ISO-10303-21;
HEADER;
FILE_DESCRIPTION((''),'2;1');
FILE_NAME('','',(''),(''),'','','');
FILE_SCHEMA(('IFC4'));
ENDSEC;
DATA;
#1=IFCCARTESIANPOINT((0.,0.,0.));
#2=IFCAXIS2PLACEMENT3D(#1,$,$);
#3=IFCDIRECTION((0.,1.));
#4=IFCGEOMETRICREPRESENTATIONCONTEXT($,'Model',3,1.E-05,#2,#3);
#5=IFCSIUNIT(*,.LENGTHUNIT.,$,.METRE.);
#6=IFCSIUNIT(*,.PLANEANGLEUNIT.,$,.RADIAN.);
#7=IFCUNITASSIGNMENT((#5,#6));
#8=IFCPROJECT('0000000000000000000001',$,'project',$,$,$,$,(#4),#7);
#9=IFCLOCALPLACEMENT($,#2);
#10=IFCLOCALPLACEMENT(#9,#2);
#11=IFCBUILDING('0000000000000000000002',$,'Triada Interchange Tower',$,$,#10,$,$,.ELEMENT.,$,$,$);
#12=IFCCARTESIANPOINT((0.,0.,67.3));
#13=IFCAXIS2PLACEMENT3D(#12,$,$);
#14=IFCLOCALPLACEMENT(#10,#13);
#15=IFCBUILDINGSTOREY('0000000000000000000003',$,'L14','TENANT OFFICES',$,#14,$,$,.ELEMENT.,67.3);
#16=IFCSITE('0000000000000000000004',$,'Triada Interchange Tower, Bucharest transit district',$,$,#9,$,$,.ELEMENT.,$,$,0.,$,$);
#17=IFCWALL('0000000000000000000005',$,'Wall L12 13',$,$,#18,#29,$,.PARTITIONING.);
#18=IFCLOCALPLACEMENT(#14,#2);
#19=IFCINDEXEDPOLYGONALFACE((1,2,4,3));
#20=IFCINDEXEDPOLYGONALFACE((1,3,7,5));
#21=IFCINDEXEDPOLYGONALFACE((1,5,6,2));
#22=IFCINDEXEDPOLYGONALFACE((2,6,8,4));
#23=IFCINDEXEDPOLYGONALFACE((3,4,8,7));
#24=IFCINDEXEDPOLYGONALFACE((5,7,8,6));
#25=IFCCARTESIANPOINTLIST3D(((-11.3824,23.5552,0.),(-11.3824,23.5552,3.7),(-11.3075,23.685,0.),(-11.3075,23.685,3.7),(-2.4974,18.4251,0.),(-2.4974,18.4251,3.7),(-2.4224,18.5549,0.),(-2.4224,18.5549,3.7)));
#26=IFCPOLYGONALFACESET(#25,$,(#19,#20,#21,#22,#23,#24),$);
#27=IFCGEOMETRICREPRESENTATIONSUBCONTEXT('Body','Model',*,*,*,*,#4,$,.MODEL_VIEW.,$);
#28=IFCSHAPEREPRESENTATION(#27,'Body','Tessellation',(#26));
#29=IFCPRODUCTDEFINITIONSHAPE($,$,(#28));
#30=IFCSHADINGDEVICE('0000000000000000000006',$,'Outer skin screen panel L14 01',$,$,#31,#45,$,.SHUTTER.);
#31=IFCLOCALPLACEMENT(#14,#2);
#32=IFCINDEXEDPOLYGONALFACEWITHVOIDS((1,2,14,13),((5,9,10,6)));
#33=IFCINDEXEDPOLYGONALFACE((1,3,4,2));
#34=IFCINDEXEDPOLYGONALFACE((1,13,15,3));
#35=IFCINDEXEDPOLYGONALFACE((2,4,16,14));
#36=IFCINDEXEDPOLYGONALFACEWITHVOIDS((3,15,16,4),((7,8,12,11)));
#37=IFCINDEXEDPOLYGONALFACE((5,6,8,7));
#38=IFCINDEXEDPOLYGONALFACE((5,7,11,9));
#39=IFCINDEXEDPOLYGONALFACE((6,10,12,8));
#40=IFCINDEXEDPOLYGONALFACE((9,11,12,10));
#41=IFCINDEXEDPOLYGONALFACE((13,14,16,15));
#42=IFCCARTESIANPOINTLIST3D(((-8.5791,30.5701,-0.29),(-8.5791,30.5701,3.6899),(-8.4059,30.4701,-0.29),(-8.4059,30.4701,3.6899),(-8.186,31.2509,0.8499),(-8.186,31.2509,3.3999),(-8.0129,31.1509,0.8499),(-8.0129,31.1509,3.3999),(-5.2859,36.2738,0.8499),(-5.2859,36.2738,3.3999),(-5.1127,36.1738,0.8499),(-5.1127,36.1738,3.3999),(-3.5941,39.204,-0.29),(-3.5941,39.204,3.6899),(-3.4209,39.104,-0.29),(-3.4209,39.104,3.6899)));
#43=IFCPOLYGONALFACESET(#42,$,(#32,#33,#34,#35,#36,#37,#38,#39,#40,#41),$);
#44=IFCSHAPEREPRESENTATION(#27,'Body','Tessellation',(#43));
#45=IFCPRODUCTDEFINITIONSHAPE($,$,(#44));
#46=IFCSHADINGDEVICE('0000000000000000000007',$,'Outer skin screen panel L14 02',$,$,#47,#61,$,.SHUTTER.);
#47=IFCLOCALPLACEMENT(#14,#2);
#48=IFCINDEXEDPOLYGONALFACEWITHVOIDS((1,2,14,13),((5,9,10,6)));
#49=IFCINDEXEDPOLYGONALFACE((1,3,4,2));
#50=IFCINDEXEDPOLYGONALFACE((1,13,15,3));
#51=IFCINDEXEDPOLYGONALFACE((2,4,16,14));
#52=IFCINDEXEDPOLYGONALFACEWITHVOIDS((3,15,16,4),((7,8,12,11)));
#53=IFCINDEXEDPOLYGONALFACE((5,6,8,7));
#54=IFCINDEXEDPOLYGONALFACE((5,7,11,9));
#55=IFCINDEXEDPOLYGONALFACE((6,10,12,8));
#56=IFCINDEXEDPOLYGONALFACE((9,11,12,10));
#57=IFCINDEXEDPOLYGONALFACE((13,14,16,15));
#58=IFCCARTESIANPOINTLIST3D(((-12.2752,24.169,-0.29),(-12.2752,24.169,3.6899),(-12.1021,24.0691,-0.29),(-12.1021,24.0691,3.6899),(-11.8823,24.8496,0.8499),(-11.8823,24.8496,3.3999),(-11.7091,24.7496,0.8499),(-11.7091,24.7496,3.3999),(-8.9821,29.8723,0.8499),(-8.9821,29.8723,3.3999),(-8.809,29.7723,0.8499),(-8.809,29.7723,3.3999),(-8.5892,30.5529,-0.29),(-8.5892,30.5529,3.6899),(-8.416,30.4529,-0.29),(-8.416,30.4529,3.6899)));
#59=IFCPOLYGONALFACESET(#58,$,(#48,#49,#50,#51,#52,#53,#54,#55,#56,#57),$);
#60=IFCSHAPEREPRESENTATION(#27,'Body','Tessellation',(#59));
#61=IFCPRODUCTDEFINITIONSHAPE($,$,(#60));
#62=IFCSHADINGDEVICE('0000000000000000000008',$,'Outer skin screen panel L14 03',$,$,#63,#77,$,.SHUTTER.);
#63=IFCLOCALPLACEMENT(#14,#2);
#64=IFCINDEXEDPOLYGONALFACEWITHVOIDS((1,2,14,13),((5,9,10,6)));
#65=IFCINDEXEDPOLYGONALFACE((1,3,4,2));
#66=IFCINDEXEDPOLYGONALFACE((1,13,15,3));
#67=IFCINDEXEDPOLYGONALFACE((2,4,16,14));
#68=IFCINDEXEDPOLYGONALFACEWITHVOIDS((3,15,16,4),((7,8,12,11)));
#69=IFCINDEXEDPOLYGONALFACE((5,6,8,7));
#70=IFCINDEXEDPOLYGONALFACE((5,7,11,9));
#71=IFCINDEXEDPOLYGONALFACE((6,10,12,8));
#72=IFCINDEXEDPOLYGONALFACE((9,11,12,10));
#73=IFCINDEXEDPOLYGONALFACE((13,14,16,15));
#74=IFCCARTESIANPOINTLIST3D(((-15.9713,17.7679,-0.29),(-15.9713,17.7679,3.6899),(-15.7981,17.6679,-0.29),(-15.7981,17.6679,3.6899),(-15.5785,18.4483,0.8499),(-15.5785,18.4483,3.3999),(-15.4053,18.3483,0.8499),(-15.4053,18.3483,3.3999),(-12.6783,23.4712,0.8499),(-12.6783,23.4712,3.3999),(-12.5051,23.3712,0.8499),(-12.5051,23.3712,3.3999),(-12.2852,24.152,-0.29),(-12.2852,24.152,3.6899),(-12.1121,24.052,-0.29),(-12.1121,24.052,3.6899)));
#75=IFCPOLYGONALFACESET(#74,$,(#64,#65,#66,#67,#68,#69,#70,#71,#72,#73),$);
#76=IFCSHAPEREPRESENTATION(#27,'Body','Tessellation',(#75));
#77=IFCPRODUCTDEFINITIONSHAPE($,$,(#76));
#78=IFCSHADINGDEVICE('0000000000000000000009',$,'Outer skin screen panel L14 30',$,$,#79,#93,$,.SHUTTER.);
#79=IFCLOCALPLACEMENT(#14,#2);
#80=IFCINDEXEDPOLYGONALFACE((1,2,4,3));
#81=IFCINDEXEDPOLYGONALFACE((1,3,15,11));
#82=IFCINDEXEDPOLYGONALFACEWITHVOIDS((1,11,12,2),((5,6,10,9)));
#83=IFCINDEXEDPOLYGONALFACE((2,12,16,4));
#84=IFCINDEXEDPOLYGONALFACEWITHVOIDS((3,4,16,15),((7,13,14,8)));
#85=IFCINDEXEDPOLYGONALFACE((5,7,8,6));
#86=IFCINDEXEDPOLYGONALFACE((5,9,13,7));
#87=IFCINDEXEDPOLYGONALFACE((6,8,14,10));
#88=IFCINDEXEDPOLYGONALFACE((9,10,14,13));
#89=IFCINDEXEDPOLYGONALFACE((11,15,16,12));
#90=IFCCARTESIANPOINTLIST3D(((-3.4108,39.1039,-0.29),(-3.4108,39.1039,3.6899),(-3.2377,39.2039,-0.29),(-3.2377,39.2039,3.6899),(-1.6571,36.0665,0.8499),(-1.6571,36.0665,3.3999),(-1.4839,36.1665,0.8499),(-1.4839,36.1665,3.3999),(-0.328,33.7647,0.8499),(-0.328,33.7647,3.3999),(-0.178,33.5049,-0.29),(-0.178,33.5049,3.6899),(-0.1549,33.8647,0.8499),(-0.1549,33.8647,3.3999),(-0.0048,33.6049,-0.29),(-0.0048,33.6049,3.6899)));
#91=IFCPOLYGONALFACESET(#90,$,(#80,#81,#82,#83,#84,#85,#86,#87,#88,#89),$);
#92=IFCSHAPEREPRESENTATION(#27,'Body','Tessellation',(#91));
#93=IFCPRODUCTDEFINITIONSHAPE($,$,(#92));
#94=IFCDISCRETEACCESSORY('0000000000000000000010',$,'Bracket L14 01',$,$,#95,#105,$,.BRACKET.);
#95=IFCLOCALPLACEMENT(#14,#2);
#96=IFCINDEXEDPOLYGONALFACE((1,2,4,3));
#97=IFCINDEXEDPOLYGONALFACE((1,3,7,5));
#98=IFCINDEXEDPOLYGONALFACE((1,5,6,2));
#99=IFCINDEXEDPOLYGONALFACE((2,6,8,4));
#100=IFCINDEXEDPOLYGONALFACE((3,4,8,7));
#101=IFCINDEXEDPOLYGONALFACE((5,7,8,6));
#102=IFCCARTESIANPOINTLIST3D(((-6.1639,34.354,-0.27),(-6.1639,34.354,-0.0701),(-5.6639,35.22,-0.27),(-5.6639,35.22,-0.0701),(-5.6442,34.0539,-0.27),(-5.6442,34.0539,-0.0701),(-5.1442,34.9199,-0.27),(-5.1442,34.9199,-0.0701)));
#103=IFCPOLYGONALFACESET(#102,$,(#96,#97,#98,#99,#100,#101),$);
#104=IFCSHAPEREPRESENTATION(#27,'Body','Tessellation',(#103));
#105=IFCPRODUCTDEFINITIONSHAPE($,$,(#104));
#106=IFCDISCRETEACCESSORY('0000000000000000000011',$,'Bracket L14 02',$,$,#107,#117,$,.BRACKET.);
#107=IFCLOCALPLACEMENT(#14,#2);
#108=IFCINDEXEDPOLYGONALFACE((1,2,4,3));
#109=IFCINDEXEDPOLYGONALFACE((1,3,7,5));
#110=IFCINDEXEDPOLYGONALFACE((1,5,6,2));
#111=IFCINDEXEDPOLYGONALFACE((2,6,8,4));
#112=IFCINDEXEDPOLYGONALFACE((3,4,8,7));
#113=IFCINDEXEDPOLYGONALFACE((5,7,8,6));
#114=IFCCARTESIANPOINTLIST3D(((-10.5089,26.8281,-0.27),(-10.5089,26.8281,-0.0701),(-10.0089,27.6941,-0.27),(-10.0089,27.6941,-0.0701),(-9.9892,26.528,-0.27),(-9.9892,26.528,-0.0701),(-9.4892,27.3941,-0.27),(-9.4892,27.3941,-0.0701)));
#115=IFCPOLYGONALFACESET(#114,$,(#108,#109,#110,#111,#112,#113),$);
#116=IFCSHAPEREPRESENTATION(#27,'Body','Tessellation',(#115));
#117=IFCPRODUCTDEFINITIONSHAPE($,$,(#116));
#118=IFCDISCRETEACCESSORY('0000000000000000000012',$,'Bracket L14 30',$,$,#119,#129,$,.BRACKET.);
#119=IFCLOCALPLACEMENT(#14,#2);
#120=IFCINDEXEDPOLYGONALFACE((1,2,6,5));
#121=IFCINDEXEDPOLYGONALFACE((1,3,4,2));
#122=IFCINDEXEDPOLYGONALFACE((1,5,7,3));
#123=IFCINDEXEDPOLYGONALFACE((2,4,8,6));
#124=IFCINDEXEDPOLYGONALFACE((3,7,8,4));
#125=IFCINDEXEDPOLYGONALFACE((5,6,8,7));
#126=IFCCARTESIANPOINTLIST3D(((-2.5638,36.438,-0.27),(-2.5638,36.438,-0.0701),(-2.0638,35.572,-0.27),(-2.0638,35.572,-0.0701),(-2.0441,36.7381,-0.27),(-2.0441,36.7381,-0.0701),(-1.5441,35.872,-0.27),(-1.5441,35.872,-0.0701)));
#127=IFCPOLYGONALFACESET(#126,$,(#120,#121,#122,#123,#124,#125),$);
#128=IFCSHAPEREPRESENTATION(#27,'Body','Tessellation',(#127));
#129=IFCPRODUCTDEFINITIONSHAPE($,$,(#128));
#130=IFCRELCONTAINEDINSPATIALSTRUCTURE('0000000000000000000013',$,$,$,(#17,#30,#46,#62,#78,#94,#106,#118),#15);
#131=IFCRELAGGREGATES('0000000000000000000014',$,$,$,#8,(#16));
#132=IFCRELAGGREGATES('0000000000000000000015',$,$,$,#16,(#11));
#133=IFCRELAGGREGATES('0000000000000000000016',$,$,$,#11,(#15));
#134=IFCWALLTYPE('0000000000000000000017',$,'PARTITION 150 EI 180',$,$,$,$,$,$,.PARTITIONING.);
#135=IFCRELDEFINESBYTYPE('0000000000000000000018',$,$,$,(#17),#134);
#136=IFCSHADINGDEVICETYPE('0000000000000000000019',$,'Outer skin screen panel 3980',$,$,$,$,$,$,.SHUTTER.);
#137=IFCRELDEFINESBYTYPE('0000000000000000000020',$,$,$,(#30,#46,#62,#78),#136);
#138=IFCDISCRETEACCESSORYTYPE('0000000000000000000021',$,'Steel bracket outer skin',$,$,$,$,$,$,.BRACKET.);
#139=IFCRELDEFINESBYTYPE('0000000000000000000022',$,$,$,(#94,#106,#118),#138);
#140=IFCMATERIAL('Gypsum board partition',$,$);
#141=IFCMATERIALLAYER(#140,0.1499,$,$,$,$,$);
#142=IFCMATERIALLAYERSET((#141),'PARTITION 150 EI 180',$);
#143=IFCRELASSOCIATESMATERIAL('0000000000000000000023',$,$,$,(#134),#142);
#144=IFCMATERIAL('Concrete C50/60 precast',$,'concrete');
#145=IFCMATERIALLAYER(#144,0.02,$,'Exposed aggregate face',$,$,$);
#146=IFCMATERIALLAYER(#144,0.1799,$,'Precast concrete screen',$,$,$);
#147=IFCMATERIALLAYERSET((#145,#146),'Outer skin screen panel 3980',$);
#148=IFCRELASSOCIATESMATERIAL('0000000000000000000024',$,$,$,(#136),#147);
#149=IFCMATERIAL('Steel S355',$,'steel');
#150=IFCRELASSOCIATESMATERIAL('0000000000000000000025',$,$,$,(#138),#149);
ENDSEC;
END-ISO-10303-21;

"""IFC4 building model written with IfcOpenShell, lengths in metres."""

from ifc_helpers import new_model, si_unit, direction, frame, frame_2d, origin, origin_2d, place, context, subcontext, project, spatial, polyline, rectangle, outline, extrude, material, layer, layer_set, type_object, element, save


model = new_model("IFC4")

# Units and contexts
model_context = context("Model", 3, precision=1e-05, world=origin(), true_north=direction((0.0, 1.0)))
body_context = subcontext(model_context, "Body", "Model", "MODEL_VIEW")
ifc_project = project(units=[si_unit("LENGTHUNIT", "METRE"), si_unit("PLANEANGLEUNIT", "RADIAN")], contexts=[model_context])

# Site, building, storey
site_placement = place(None, origin())
site = spatial("IfcSite", under=ifc_project, at=site_placement, Name="Triada Interchange Tower, Bucharest transit district", CompositionType="ELEMENT", RefElevation=0.0)
building_placement = place(site_placement, origin())
building = spatial("IfcBuilding", under=site, at=building_placement, Name="Triada Interchange Tower", CompositionType="ELEMENT")
storey_placement = place(building_placement, frame((0.0, 0.0, 67.3)))
storey = spatial("IfcBuildingStorey", under=building, at=storey_placement, Name="L14", Description="TENANT OFFICES", CompositionType="ELEMENT", Elevation=67.3)

# Wall
ifc_material_1 = material(Name="Gypsum board partition")
ifc_layer_1 = layer(ifc_material_1, 0.1499)
ifc_layer_set_1 = layer_set([ifc_layer_1], Name="PARTITION 150 EI 180")
wall_type_1 = type_object("IfcWallType", Name="PARTITION 150 EI 180", PredefinedType="PARTITIONING", material=ifc_layer_set_1)
wall_1_placement = place(storey_placement, frame((-11.345, 23.6201, 0.0), z_axis=(0.0, 0.0, 1.0), x_axis=(0.86601, -0.500027, 0.0)))
element("IfcWall", 1, at=wall_1_placement, inside=storey, type_object=wall_type_1, Name="Wall L12 13", PredefinedType="PARTITIONING", context=body_context, shape_type="SweptSolid", body=[
    extrude(rectangle(XDim=10.2598, YDim=0.1499, at=frame_2d((5.1299, 0.0))), origin(), (0.0, 0.0, 1.0), 3.7),
])

# Shading devices
ifc_material_2 = material(Name="Concrete C50/60 precast", Category="concrete")
ifc_layer_2 = layer(ifc_material_2, 0.02, Name="Exposed aggregate face")
ifc_layer_3 = layer(ifc_material_2, 0.1799, Name="Precast concrete screen")
ifc_layer_set_2 = layer_set([ifc_layer_2, ifc_layer_3], Name="Outer skin screen panel 3980")
shading_device_type = type_object("IfcShadingDeviceType", Name="Outer skin screen panel 3980", PredefinedType="SHUTTER", material=ifc_layer_set_2)
shading_device_1_placement = place(storey_placement, frame((-3.4209, 39.104, -0.29), z_axis=(0.0, 0.0, 1.0), x_axis=(-0.500019, -0.866015, 0.0)))
element("IfcShadingDevice", 2, at=shading_device_1_placement, inside=storey, type_object=shading_device_type, Name="Outer skin screen panel L14 01", PredefinedType="SHUTTER", context=body_context, shape_type="SweptSolid", body=[
    extrude(outline(polyline([(0.0, 0.0), (9.9697, 0.0), (9.9697, 3.98), (0.0, 3.98), (0.0, 0.0)]), holes=[polyline([(3.3835, 1.1399), (3.3835, 3.6899), (9.1836, 3.6899), (9.1836, 1.1399), (3.3835, 1.1399)])]), frame((0.0, 0.0, 0.0), z_axis=(0.0, -1.0, 0.0), x_axis=(1.0, 0.0, 0.0)), (0.0, 0.0, 1.0), 0.2),
])
shading_device_2_placement = place(storey_placement, frame((-8.416, 30.4529, -0.29), z_axis=(0.0, 0.0, 1.0), x_axis=(-0.500036, -0.866005, 0.0)))
element("IfcShadingDevice", 3, at=shading_device_2_placement, inside=storey, type_object=shading_device_type, Name="Outer skin screen panel L14 02", PredefinedType="SHUTTER", context=body_context, shape_type="SweptSolid", body=[
    extrude(outline(polyline([(0.0, 0.0), (7.3716, 0.0), (7.3716, 3.98), (0.0, 3.98), (0.0, 0.0)]), holes=[polyline([(0.7859, 1.1399), (0.7859, 3.6899), (6.5857, 3.6899), (6.5857, 1.1399), (0.7859, 1.1399)])]), frame((0.0, 0.0, 0.0), z_axis=(0.0, -1.0, 0.0), x_axis=(1.0, 0.0, 0.0)), (0.0, 0.0, 1.0), 0.2),
])
shading_device_3_placement = place(storey_placement, frame((-12.1121, 24.052, -0.29), z_axis=(0.0, 0.0, 1.0), x_axis=(-0.500022, -0.866013, 0.0)))
element("IfcShadingDevice", 4, at=shading_device_3_placement, inside=storey, type_object=shading_device_type, Name="Outer skin screen panel L14 03", PredefinedType="SHUTTER", context=body_context, shape_type="SweptSolid", body=[
    extrude(outline(polyline([(0.0, 0.0), (7.3718, 0.0), (7.3718, 3.98), (0.0, 3.98), (0.0, 0.0)]), holes=[polyline([(0.7861, 1.1399), (0.7861, 3.6899), (6.5862, 3.6899), (6.5862, 1.1399), (0.7861, 1.1399)])]), frame((0.0, 0.0, 0.0), z_axis=(0.0, -1.0, 0.0), x_axis=(1.0, 0.0, 0.0)), (0.0, 0.0, 1.0), 0.2),
])
shading_device_4_placement = place(storey_placement, frame((-0.178, 33.5049, -0.29), z_axis=(0.0, 0.0, 1.0), x_axis=(-0.50003, 0.866008, 0.0)))
element("IfcShadingDevice", 5, at=shading_device_4_placement, inside=storey, type_object=shading_device_type, Name="Outer skin screen panel L14 30", PredefinedType="SHUTTER", context=body_context, shape_type="SweptSolid", body=[
    extrude(outline(polyline([(0.0, 0.0), (6.4653, 0.0), (6.4653, 3.98), (0.0, 3.98), (0.0, 0.0)]), holes=[polyline([(0.3, 1.1399), (0.3, 3.6899), (2.958, 3.6899), (2.958, 1.1399), (0.3, 1.1399)])]), frame((0.0, 0.0, 0.0), z_axis=(0.0, -1.0, 0.0), x_axis=(1.0, 0.0, 0.0)), (0.0, 0.0, 1.0), 0.2),
])

# Discrete accessories
ifc_material_3 = material(Name="Steel S355", Category="steel")
discrete_accessory_type = type_object("IfcDiscreteAccessoryType", Name="Steel bracket outer skin", PredefinedType="BRACKET", material=ifc_material_3)
for number, where, z_axis, x_axis, name in (
    (6, (-5.6541, 34.637, -0.27), (0.0, 0.0, 1.0), (-0.866022, 0.500006, 0.0), "Bracket L14 01"),
    (7, (-9.999, 27.1111, -0.27), (0.0, 0.0, 1.0), (-0.866022, 0.500006, 0.0), "Bracket L14 02"),
    (8, (-2.054, 36.155, -0.27), (0.0, 0.0, 1.0), (0.866037, 0.49998, 0.0), "Bracket L14 30"),
):
    element("IfcDiscreteAccessory", number, at=place(storey_placement, frame(where, z_axis=z_axis, x_axis=x_axis)), inside=storey, type_object=discrete_accessory_type, Name=name, PredefinedType="BRACKET", context=body_context, shape_type="SweptSolid", body=[
        extrude(rectangle(XDim=0.6001, YDim=1.0, at=origin_2d()), origin(), (0.0, 0.0, 1.0), 0.2),
    ])

save(model, "model.ifc")
